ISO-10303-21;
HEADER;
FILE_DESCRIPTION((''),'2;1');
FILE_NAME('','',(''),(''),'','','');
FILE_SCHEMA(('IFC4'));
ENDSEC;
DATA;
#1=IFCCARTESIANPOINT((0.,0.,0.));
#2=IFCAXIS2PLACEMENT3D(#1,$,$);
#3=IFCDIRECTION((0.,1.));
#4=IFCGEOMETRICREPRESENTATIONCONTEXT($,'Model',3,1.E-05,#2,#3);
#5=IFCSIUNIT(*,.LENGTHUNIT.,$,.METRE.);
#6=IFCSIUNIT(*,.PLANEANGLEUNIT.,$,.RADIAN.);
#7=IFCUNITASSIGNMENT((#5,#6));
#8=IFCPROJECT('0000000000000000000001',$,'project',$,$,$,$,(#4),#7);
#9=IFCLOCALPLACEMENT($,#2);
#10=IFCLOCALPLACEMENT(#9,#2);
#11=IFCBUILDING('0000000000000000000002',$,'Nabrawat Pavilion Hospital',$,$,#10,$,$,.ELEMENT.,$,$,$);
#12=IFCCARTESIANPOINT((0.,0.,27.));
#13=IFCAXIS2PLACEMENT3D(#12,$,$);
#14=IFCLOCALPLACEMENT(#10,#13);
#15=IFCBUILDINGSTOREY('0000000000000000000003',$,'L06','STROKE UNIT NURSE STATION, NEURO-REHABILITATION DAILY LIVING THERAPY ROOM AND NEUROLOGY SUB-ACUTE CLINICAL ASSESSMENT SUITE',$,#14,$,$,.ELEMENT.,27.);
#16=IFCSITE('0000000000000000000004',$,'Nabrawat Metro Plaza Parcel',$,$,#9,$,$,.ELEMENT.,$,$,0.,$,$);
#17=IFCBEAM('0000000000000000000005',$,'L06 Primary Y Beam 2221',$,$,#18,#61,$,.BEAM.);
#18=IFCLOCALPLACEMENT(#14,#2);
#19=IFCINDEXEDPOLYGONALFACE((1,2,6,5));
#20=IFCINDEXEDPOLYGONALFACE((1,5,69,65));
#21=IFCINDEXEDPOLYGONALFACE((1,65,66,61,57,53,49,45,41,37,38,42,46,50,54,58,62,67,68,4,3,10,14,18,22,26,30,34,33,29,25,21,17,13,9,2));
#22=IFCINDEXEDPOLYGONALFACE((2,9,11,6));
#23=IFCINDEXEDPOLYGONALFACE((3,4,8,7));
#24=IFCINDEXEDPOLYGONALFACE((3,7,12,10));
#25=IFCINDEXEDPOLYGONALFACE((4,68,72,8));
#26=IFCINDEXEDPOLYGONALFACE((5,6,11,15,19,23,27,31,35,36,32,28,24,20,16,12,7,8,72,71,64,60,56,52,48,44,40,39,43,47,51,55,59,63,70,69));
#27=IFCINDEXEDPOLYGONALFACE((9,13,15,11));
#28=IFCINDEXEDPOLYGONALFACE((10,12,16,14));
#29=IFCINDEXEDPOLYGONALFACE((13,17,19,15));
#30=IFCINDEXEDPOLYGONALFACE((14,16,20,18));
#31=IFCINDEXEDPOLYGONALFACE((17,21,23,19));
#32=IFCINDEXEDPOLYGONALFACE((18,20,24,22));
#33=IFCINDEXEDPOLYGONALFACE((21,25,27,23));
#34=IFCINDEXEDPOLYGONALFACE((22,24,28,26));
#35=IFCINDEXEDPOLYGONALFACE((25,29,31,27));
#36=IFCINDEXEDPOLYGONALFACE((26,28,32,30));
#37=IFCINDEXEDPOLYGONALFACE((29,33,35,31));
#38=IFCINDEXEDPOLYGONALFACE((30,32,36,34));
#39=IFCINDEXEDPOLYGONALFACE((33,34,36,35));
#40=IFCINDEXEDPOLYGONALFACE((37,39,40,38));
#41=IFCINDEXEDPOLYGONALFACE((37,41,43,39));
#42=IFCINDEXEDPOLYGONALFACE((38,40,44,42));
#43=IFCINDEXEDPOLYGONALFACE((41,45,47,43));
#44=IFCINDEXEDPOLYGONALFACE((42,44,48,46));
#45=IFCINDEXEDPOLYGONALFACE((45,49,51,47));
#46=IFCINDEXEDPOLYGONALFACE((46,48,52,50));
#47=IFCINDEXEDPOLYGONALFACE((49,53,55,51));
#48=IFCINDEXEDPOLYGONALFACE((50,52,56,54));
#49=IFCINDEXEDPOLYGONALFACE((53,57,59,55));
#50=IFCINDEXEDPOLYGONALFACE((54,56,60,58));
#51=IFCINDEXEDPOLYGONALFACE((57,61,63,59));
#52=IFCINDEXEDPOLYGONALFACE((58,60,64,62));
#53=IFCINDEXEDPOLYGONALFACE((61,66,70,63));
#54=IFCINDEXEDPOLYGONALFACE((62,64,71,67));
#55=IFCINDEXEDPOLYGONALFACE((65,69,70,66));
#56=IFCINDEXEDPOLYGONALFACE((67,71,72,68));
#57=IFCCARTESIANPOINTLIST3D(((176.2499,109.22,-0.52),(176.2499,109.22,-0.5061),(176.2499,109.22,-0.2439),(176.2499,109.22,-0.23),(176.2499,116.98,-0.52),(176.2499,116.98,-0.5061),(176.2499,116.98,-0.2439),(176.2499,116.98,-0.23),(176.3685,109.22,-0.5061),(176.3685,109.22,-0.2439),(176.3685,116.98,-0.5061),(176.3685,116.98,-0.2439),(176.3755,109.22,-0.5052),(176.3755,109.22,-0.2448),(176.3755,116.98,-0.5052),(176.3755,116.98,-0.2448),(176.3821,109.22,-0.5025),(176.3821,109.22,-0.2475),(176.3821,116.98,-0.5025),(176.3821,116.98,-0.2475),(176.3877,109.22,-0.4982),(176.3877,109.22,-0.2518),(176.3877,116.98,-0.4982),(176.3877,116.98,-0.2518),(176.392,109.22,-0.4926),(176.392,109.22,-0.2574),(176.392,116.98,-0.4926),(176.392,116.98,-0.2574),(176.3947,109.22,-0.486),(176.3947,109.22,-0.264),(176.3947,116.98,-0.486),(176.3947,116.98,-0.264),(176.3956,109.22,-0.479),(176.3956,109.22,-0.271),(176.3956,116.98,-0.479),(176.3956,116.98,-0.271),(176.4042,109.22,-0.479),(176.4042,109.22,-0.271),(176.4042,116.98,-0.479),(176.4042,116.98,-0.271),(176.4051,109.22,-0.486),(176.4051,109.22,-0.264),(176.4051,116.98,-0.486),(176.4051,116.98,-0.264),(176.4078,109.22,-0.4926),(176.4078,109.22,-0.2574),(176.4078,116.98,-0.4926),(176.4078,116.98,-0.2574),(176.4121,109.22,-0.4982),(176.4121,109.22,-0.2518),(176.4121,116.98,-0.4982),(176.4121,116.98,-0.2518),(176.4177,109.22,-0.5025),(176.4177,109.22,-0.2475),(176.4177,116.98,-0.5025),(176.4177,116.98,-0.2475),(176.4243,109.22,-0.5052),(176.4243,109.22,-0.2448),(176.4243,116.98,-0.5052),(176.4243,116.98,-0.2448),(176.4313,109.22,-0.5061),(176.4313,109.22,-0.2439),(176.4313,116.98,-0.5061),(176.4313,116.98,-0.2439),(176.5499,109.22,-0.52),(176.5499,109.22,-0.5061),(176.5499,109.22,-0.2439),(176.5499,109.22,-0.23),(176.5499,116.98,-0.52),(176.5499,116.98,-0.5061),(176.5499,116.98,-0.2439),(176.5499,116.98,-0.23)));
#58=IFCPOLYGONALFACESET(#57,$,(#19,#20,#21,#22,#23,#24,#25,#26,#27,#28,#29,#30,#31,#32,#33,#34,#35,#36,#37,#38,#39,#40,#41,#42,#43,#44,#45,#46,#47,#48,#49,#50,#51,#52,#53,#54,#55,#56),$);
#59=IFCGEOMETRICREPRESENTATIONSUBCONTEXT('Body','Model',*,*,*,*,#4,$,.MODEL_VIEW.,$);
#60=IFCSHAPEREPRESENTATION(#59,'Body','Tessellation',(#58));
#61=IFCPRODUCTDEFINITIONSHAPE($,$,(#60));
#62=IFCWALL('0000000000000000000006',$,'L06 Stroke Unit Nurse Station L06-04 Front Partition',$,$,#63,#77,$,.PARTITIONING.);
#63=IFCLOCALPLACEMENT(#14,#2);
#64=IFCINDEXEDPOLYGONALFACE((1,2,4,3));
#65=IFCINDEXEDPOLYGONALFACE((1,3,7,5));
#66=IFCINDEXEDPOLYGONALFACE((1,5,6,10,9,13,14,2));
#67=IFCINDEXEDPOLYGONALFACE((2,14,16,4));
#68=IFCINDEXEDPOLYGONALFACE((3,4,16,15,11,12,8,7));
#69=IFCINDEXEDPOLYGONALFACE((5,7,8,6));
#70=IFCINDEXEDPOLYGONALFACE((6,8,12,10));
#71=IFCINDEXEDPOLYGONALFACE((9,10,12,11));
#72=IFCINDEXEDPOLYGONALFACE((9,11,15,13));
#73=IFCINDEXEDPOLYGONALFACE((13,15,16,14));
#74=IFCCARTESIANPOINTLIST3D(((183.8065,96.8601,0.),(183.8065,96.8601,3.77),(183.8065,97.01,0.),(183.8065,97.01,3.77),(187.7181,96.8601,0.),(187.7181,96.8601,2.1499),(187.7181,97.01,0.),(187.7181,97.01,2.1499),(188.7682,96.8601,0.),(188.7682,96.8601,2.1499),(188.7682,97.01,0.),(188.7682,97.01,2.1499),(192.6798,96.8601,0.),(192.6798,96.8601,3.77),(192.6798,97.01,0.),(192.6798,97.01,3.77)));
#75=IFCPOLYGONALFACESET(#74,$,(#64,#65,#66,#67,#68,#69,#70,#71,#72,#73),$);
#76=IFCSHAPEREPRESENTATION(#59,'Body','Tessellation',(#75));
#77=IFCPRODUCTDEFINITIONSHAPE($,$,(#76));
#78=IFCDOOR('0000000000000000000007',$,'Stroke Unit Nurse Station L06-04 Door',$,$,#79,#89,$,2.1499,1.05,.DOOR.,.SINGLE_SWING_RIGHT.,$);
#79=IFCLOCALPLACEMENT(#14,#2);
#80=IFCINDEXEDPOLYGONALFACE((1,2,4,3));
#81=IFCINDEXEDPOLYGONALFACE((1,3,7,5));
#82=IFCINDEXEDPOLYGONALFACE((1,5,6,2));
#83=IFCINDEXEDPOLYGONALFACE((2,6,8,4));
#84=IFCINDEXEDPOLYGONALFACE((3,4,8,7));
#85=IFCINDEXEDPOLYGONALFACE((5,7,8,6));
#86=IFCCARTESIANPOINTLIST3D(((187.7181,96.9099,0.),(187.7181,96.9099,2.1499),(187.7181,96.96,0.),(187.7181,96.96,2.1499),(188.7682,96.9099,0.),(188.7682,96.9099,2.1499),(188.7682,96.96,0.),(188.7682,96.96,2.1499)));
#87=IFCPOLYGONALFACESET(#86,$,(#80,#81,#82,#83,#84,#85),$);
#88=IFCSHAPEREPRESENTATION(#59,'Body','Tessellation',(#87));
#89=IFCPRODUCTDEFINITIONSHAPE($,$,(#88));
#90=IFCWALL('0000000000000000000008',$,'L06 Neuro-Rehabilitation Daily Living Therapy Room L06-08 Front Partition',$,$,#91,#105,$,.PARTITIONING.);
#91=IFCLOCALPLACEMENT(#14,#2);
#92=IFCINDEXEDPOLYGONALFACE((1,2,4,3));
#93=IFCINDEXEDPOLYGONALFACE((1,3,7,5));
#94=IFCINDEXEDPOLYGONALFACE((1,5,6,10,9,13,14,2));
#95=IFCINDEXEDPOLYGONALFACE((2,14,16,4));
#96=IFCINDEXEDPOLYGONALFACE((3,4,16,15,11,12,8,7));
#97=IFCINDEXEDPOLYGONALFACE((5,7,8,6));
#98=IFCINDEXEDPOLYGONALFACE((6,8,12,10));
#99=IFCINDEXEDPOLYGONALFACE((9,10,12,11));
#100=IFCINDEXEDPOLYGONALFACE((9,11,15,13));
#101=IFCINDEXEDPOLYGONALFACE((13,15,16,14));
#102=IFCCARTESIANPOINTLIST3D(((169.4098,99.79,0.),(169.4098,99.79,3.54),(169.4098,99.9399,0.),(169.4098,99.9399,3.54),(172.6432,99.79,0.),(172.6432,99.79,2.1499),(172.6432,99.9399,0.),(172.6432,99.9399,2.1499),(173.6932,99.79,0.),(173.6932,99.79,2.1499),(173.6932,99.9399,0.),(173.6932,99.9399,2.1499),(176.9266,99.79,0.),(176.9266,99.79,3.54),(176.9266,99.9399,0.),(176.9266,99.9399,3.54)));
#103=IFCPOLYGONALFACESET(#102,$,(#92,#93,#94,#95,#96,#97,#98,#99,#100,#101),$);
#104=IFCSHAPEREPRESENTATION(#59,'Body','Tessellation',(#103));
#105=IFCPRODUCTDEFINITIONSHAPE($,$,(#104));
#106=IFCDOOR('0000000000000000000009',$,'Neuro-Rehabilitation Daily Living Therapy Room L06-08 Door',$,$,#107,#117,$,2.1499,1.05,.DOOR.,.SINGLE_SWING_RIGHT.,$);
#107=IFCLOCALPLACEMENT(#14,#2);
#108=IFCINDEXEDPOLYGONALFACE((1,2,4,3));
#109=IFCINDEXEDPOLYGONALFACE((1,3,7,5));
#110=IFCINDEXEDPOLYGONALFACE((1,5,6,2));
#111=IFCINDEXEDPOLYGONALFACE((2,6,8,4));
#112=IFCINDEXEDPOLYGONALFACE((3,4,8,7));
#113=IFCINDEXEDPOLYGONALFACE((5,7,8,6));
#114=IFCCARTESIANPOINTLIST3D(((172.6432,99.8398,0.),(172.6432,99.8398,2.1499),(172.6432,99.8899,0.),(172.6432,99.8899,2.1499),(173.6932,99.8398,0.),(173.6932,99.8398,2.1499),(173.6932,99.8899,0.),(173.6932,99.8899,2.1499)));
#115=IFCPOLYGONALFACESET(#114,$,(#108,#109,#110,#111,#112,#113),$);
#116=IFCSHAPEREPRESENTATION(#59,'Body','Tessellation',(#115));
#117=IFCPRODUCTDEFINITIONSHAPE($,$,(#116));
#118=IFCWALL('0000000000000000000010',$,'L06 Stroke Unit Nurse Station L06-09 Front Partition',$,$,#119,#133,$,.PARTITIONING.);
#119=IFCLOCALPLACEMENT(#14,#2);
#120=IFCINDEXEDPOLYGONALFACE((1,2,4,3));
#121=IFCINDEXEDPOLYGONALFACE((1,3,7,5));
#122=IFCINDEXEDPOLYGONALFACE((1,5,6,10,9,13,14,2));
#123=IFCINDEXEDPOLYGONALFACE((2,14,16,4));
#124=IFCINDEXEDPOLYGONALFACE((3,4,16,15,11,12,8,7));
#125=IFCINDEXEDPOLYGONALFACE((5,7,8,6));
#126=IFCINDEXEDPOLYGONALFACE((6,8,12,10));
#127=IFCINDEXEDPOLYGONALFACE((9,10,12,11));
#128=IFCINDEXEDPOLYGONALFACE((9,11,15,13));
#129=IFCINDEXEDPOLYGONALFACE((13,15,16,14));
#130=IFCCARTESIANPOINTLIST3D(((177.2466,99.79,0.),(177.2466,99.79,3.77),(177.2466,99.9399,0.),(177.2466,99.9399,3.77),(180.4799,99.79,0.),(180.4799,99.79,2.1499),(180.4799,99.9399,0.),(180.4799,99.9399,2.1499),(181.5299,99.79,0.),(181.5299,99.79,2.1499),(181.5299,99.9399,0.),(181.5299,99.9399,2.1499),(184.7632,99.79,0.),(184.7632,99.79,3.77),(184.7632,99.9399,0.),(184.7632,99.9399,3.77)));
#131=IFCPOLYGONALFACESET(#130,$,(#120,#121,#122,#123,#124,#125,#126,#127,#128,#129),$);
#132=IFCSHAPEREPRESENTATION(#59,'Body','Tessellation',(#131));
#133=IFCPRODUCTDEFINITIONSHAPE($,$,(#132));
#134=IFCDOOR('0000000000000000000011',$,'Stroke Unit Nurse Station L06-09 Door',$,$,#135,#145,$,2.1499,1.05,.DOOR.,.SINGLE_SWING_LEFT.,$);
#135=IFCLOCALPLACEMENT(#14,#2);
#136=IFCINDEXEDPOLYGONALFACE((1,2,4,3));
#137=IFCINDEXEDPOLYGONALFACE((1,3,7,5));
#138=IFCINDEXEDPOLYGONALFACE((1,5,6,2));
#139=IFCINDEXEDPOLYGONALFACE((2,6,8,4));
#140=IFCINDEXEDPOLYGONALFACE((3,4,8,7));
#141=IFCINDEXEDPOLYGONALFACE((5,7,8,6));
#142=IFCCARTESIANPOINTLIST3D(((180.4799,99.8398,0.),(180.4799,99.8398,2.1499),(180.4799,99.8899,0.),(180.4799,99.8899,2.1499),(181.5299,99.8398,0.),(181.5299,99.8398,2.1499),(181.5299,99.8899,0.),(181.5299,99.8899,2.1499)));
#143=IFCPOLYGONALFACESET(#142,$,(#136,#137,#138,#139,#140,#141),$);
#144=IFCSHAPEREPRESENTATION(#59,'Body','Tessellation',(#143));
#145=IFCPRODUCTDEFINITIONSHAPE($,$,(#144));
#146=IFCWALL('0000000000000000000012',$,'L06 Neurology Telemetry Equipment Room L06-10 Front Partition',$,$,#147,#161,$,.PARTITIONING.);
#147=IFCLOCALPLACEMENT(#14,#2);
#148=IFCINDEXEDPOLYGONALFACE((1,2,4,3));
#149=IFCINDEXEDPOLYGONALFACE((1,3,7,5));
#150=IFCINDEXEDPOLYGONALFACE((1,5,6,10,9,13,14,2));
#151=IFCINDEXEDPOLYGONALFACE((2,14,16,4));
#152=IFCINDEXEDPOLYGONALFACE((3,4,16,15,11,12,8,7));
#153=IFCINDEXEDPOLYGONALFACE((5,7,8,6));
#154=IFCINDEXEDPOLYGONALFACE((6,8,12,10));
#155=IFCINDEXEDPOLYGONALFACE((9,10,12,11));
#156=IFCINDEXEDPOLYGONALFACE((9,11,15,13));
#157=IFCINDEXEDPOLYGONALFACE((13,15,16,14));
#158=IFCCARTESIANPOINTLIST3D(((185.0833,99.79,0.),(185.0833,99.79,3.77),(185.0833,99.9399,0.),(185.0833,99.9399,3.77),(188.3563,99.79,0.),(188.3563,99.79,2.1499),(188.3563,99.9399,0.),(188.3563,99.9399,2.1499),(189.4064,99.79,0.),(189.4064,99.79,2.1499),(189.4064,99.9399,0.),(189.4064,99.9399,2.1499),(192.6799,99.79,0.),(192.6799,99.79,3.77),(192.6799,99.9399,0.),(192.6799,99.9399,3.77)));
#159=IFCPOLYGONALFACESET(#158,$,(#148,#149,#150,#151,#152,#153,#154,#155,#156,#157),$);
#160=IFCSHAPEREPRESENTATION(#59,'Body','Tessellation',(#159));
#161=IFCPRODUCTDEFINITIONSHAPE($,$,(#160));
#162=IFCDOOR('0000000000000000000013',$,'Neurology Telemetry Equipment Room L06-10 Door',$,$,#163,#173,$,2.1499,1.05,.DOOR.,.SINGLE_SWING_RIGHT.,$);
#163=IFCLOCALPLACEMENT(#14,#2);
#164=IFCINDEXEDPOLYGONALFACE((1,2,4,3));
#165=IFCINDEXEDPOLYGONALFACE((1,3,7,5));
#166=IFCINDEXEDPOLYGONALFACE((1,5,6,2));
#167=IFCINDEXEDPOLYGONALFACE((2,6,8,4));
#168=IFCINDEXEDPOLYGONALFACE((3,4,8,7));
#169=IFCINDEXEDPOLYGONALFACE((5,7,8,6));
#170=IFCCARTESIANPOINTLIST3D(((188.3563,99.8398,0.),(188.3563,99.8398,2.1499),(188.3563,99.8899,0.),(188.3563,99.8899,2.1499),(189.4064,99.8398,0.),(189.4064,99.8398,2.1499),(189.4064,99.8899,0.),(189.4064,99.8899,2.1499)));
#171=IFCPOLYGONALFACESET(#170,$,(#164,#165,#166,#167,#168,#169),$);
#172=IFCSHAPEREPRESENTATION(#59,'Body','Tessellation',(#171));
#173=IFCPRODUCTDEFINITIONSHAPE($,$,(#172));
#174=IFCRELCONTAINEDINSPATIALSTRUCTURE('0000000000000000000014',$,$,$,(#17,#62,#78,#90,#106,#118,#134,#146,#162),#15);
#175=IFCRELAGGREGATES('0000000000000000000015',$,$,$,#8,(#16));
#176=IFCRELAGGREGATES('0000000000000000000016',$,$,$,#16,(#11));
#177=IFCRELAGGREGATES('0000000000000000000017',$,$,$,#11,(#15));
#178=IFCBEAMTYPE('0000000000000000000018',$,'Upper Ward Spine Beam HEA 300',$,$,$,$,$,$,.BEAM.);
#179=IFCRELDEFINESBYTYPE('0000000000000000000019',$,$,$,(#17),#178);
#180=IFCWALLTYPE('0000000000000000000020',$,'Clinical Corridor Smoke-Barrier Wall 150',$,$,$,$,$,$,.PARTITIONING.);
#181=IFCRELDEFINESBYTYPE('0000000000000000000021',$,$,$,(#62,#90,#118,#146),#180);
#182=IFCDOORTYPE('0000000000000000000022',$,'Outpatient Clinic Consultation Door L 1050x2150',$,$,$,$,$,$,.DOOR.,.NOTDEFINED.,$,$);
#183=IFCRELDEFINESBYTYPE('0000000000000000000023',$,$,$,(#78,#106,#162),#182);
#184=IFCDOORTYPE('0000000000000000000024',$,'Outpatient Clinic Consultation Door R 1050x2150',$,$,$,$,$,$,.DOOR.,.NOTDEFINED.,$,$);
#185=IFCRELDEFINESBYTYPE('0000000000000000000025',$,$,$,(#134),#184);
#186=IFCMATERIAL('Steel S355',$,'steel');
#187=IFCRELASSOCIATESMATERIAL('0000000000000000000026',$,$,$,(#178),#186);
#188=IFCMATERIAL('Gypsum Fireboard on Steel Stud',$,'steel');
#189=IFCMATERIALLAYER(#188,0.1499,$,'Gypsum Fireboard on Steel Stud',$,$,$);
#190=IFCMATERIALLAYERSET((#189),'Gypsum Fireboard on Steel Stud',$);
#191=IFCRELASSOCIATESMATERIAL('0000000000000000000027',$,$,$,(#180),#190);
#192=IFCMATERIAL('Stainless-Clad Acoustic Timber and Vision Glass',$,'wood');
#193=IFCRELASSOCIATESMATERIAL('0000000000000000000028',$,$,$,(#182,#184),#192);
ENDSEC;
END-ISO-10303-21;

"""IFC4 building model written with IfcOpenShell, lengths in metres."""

from ifc_helpers import new_model, si_unit, direction, frame, frame_2d, origin, origin_2d, place, context, subcontext, project, spatial, rectangle, i_section, extrude, material, layer, layer_set, material_profile, profile_set, type_object, element, fill, save


model = new_model("IFC4")

# Units and contexts
model_context = context("Model", 3, precision=1e-05, world=origin(), true_north=direction((0.0, 1.0)))
body_context = subcontext(model_context, "Body", "Model", "MODEL_VIEW")
ifc_project = project(units=[si_unit("LENGTHUNIT", "METRE"), si_unit("PLANEANGLEUNIT", "RADIAN")], contexts=[model_context])

# Site, building, storey
site_placement = place(None, origin())
site = spatial("IfcSite", under=ifc_project, at=site_placement, Name="Nabrawat Metro Plaza Parcel", CompositionType="ELEMENT", RefElevation=0.0)
building_placement = place(site_placement, origin())
building = spatial("IfcBuilding", under=site, at=building_placement, Name="Nabrawat Pavilion Hospital", CompositionType="ELEMENT")
storey_placement = place(building_placement, frame((0.0, 0.0, 27.0)))
storey = spatial("IfcBuildingStorey", under=building, at=storey_placement, Name="L06", Description="STROKE UNIT NURSE STATION, NEURO-REHABILITATION DAILY LIVING THERAPY ROOM AND NEUROLOGY SUB-ACUTE CLINICAL ASSESSMENT SUITE", CompositionType="ELEMENT", Elevation=27.0)

# Shared definitions
ifc_material_1 = material(Name="Steel S355", Category="steel")

# Beam
ifc_material_profile_1 = material_profile(ifc_material_1, i_section(OverallWidth=0.3, OverallDepth=0.29, WebThickness=0.0085, FlangeThickness=0.0139, FilletRadius=0.0271, at=origin_2d()), Name="HEA 300")
ifc_profile_set_1 = profile_set([ifc_material_profile_1], Name="Steel S355")
beam_type_1 = type_object("IfcBeamType", Name="Upper Ward Spine Beam HEA 300", PredefinedType="BEAM", material=ifc_profile_set_1)
for number, where, z_axis, x_axis, name in (
    (1, (176.3999, 109.22, -0.375), (0.0, 1.0, 0.0), (-1.0, 0.0, 0.0), "L06 Primary Y Beam 2221"),
):
    element("IfcBeam", number, at=place(storey_placement, frame(where, z_axis=z_axis, x_axis=x_axis)), inside=storey, type_object=beam_type_1, Name=name, PredefinedType="BEAM", context=body_context, shape_type="SweptSolid", body=[
        extrude(i_section(OverallWidth=0.3, OverallDepth=0.29, WebThickness=0.0085, FlangeThickness=0.0139, FilletRadius=0.0271, at=origin_2d()), origin(), (0.0, 0.0, 1.0), 7.76),
    ])

# Walls, openings, doors
ifc_material_2 = material(Name="Gypsum Fireboard on Steel Stud", Category="steel")
ifc_layer_1 = layer(ifc_material_2, 0.1499, Name="Gypsum Fireboard on Steel Stud")
ifc_layer_set_1 = layer_set([ifc_layer_1], Name="Gypsum Fireboard on Steel Stud")
wall_type_1 = type_object("IfcWallType", Name="Clinical Corridor Smoke-Barrier Wall 150", PredefinedType="PARTITIONING", material=ifc_layer_set_1)
wall_1_placement = place(storey_placement, frame((183.8066, 96.9351, 0.0), z_axis=(0.0, 0.0, 1.0), x_axis=(1.0, 0.0, 0.0)))
wall_1 = element("IfcWall", 2, at=wall_1_placement, inside=storey, type_object=wall_type_1, Name="L06 Stroke Unit Nurse Station L06-04 Front Partition", PredefinedType="PARTITIONING", context=body_context, shape_type="SweptSolid", body=[
    extrude(rectangle(XDim=8.8733, YDim=0.1499, at=frame_2d((4.4365, 0.0))), origin(), (0.0, 0.0, 1.0), 3.77),
])
opening_1_placement = place(wall_1_placement, frame((3.9116, 0.0, 0.0)))
opening_1 = element("IfcOpeningElement", 3, at=opening_1_placement, cuts=wall_1, PredefinedType="OPENING", context=body_context, shape_type="SweptSolid", body=[
    extrude(rectangle(XDim=1.05, YDim=2.1499, at=frame_2d((0.5249, 1.075))), frame((0.0, 0.085, 0.0), z_axis=(0.0, -1.0, 0.0), x_axis=(1.0, 0.0, 0.0)), (0.0, 0.0, 1.0), 0.1699),
])
ifc_material_3 = material(Name="Stainless-Clad Acoustic Timber and Vision Glass", Category="wood")
door_type_1 = type_object("IfcDoorType", Name="Outpatient Clinic Consultation Door L 1050x2150", OperationType="NOTDEFINED", PredefinedType="DOOR", material=ifc_material_3)
door_1_placement = place(opening_1_placement, origin())
door_1 = element("IfcDoor", 4, at=door_1_placement, inside=storey, type_object=door_type_1, Name="Stroke Unit Nurse Station L06-04 Door", OperationType="SINGLE_SWING_RIGHT", OverallHeight=2.1499, OverallWidth=1.05, PredefinedType="DOOR", context=body_context, shape_type="SweptSolid", body=[
    extrude(rectangle(XDim=1.05, YDim=2.1499, at=frame_2d((0.5249, 1.075))), frame((0.0, 0.0249, 0.0), z_axis=(0.0, -1.0, 0.0), x_axis=(1.0, 0.0, 0.0)), (0.0, 0.0, 1.0), 0.05),
])
fill(opening_1, door_1)
wall_2_placement = place(storey_placement, frame((169.4099, 99.865, 0.0), z_axis=(0.0, 0.0, 1.0), x_axis=(1.0, 0.0, 0.0)))
wall_2 = element("IfcWall", 5, at=wall_2_placement, inside=storey, type_object=wall_type_1, Name="L06 Neuro-Rehabilitation Daily Living Therapy Room L06-08 Front Partition", PredefinedType="PARTITIONING", context=body_context, shape_type="SweptSolid", body=[
    extrude(rectangle(XDim=7.5168, YDim=0.1499, at=frame_2d((3.7583, 0.0))), origin(), (0.0, 0.0, 1.0), 3.54),
])
opening_2_placement = place(wall_2_placement, frame((3.2334, 0.0, 0.0)))
opening_2 = element("IfcOpeningElement", 6, at=opening_2_placement, cuts=wall_2, PredefinedType="OPENING", context=body_context, shape_type="SweptSolid", body=[
    extrude(rectangle(XDim=1.05, YDim=2.1499, at=frame_2d((0.5249, 1.075))), frame((0.0, 0.085, 0.0), z_axis=(0.0, -1.0, 0.0), x_axis=(1.0, 0.0, 0.0)), (0.0, 0.0, 1.0), 0.1699),
])
door_2_placement = place(opening_2_placement, origin())
door_2 = element("IfcDoor", 7, at=door_2_placement, inside=storey, type_object=door_type_1, Name="Neuro-Rehabilitation Daily Living Therapy Room L06-08 Door", OperationType="SINGLE_SWING_RIGHT", OverallHeight=2.1499, OverallWidth=1.05, PredefinedType="DOOR", context=body_context, shape_type="SweptSolid", body=[
    extrude(rectangle(XDim=1.05, YDim=2.1499, at=frame_2d((0.5249, 1.075))), frame((0.0, 0.0249, 0.0), z_axis=(0.0, -1.0, 0.0), x_axis=(1.0, 0.0, 0.0)), (0.0, 0.0, 1.0), 0.05),
])
fill(opening_2, door_2)
wall_3_placement = place(storey_placement, frame((177.2466, 99.865, 0.0), z_axis=(0.0, 0.0, 1.0), x_axis=(1.0, 0.0, 0.0)))
wall_3 = element("IfcWall", 8, at=wall_3_placement, inside=storey, type_object=wall_type_1, Name="L06 Stroke Unit Nurse Station L06-09 Front Partition", PredefinedType="PARTITIONING", context=body_context, shape_type="SweptSolid", body=[
    extrude(rectangle(XDim=7.5166, YDim=0.1499, at=frame_2d((3.7583, 0.0))), origin(), (0.0, 0.0, 1.0), 3.77),
])
opening_3_placement = place(wall_3_placement, frame((3.2334, 0.0, 0.0)))
opening_3 = element("IfcOpeningElement", 9, at=opening_3_placement, cuts=wall_3, PredefinedType="OPENING", context=body_context, shape_type="SweptSolid", body=[
    extrude(rectangle(XDim=1.05, YDim=2.1499, at=frame_2d((0.5249, 1.075))), frame((0.0, 0.085, 0.0), z_axis=(0.0, -1.0, 0.0), x_axis=(1.0, 0.0, 0.0)), (0.0, 0.0, 1.0), 0.1699),
])
door_type_2 = type_object("IfcDoorType", Name="Outpatient Clinic Consultation Door R 1050x2150", OperationType="NOTDEFINED", PredefinedType="DOOR", material=ifc_material_3)
door_3_placement = place(opening_3_placement, origin())
door_3 = element("IfcDoor", 10, at=door_3_placement, inside=storey, type_object=door_type_2, Name="Stroke Unit Nurse Station L06-09 Door", OperationType="SINGLE_SWING_LEFT", OverallHeight=2.1499, OverallWidth=1.05, PredefinedType="DOOR", context=body_context, shape_type="SweptSolid", body=[
    extrude(rectangle(XDim=1.05, YDim=2.1499, at=frame_2d((0.5249, 1.075))), frame((0.0, 0.0249, 0.0), z_axis=(0.0, -1.0, 0.0), x_axis=(1.0, 0.0, 0.0)), (0.0, 0.0, 1.0), 0.05),
])
fill(opening_3, door_3)
wall_4_placement = place(storey_placement, frame((185.0833, 99.865, 0.0), z_axis=(0.0, 0.0, 1.0), x_axis=(1.0, 0.0, 0.0)))
wall_4 = element("IfcWall", 11, at=wall_4_placement, inside=storey, type_object=wall_type_1, Name="L06 Neurology Telemetry Equipment Room L06-10 Front Partition", PredefinedType="PARTITIONING", context=body_context, shape_type="SweptSolid", body=[
    extrude(rectangle(XDim=7.5967, YDim=0.1499, at=frame_2d((3.7983, 0.0))), origin(), (0.0, 0.0, 1.0), 3.77),
])
opening_4_placement = place(wall_4_placement, frame((3.2732, 0.0, 0.0)))
opening_4 = element("IfcOpeningElement", 12, at=opening_4_placement, cuts=wall_4, PredefinedType="OPENING", context=body_context, shape_type="SweptSolid", body=[
    extrude(rectangle(XDim=1.05, YDim=2.1499, at=frame_2d((0.5249, 1.075))), frame((0.0, 0.085, 0.0), z_axis=(0.0, -1.0, 0.0), x_axis=(1.0, 0.0, 0.0)), (0.0, 0.0, 1.0), 0.1699),
])
door_4_placement = place(opening_4_placement, origin())
door_4 = element("IfcDoor", 13, at=door_4_placement, inside=storey, type_object=door_type_1, Name="Neurology Telemetry Equipment Room L06-10 Door", OperationType="SINGLE_SWING_RIGHT", OverallHeight=2.1499, OverallWidth=1.05, PredefinedType="DOOR", context=body_context, shape_type="SweptSolid", body=[
    extrude(rectangle(XDim=1.05, YDim=2.1499, at=frame_2d((0.5249, 1.075))), frame((0.0, 0.0249, 0.0), z_axis=(0.0, -1.0, 0.0), x_axis=(1.0, 0.0, 0.0)), (0.0, 0.0, 1.0), 0.05),
])
fill(opening_4, door_4)

save(model, "model.ifc")
